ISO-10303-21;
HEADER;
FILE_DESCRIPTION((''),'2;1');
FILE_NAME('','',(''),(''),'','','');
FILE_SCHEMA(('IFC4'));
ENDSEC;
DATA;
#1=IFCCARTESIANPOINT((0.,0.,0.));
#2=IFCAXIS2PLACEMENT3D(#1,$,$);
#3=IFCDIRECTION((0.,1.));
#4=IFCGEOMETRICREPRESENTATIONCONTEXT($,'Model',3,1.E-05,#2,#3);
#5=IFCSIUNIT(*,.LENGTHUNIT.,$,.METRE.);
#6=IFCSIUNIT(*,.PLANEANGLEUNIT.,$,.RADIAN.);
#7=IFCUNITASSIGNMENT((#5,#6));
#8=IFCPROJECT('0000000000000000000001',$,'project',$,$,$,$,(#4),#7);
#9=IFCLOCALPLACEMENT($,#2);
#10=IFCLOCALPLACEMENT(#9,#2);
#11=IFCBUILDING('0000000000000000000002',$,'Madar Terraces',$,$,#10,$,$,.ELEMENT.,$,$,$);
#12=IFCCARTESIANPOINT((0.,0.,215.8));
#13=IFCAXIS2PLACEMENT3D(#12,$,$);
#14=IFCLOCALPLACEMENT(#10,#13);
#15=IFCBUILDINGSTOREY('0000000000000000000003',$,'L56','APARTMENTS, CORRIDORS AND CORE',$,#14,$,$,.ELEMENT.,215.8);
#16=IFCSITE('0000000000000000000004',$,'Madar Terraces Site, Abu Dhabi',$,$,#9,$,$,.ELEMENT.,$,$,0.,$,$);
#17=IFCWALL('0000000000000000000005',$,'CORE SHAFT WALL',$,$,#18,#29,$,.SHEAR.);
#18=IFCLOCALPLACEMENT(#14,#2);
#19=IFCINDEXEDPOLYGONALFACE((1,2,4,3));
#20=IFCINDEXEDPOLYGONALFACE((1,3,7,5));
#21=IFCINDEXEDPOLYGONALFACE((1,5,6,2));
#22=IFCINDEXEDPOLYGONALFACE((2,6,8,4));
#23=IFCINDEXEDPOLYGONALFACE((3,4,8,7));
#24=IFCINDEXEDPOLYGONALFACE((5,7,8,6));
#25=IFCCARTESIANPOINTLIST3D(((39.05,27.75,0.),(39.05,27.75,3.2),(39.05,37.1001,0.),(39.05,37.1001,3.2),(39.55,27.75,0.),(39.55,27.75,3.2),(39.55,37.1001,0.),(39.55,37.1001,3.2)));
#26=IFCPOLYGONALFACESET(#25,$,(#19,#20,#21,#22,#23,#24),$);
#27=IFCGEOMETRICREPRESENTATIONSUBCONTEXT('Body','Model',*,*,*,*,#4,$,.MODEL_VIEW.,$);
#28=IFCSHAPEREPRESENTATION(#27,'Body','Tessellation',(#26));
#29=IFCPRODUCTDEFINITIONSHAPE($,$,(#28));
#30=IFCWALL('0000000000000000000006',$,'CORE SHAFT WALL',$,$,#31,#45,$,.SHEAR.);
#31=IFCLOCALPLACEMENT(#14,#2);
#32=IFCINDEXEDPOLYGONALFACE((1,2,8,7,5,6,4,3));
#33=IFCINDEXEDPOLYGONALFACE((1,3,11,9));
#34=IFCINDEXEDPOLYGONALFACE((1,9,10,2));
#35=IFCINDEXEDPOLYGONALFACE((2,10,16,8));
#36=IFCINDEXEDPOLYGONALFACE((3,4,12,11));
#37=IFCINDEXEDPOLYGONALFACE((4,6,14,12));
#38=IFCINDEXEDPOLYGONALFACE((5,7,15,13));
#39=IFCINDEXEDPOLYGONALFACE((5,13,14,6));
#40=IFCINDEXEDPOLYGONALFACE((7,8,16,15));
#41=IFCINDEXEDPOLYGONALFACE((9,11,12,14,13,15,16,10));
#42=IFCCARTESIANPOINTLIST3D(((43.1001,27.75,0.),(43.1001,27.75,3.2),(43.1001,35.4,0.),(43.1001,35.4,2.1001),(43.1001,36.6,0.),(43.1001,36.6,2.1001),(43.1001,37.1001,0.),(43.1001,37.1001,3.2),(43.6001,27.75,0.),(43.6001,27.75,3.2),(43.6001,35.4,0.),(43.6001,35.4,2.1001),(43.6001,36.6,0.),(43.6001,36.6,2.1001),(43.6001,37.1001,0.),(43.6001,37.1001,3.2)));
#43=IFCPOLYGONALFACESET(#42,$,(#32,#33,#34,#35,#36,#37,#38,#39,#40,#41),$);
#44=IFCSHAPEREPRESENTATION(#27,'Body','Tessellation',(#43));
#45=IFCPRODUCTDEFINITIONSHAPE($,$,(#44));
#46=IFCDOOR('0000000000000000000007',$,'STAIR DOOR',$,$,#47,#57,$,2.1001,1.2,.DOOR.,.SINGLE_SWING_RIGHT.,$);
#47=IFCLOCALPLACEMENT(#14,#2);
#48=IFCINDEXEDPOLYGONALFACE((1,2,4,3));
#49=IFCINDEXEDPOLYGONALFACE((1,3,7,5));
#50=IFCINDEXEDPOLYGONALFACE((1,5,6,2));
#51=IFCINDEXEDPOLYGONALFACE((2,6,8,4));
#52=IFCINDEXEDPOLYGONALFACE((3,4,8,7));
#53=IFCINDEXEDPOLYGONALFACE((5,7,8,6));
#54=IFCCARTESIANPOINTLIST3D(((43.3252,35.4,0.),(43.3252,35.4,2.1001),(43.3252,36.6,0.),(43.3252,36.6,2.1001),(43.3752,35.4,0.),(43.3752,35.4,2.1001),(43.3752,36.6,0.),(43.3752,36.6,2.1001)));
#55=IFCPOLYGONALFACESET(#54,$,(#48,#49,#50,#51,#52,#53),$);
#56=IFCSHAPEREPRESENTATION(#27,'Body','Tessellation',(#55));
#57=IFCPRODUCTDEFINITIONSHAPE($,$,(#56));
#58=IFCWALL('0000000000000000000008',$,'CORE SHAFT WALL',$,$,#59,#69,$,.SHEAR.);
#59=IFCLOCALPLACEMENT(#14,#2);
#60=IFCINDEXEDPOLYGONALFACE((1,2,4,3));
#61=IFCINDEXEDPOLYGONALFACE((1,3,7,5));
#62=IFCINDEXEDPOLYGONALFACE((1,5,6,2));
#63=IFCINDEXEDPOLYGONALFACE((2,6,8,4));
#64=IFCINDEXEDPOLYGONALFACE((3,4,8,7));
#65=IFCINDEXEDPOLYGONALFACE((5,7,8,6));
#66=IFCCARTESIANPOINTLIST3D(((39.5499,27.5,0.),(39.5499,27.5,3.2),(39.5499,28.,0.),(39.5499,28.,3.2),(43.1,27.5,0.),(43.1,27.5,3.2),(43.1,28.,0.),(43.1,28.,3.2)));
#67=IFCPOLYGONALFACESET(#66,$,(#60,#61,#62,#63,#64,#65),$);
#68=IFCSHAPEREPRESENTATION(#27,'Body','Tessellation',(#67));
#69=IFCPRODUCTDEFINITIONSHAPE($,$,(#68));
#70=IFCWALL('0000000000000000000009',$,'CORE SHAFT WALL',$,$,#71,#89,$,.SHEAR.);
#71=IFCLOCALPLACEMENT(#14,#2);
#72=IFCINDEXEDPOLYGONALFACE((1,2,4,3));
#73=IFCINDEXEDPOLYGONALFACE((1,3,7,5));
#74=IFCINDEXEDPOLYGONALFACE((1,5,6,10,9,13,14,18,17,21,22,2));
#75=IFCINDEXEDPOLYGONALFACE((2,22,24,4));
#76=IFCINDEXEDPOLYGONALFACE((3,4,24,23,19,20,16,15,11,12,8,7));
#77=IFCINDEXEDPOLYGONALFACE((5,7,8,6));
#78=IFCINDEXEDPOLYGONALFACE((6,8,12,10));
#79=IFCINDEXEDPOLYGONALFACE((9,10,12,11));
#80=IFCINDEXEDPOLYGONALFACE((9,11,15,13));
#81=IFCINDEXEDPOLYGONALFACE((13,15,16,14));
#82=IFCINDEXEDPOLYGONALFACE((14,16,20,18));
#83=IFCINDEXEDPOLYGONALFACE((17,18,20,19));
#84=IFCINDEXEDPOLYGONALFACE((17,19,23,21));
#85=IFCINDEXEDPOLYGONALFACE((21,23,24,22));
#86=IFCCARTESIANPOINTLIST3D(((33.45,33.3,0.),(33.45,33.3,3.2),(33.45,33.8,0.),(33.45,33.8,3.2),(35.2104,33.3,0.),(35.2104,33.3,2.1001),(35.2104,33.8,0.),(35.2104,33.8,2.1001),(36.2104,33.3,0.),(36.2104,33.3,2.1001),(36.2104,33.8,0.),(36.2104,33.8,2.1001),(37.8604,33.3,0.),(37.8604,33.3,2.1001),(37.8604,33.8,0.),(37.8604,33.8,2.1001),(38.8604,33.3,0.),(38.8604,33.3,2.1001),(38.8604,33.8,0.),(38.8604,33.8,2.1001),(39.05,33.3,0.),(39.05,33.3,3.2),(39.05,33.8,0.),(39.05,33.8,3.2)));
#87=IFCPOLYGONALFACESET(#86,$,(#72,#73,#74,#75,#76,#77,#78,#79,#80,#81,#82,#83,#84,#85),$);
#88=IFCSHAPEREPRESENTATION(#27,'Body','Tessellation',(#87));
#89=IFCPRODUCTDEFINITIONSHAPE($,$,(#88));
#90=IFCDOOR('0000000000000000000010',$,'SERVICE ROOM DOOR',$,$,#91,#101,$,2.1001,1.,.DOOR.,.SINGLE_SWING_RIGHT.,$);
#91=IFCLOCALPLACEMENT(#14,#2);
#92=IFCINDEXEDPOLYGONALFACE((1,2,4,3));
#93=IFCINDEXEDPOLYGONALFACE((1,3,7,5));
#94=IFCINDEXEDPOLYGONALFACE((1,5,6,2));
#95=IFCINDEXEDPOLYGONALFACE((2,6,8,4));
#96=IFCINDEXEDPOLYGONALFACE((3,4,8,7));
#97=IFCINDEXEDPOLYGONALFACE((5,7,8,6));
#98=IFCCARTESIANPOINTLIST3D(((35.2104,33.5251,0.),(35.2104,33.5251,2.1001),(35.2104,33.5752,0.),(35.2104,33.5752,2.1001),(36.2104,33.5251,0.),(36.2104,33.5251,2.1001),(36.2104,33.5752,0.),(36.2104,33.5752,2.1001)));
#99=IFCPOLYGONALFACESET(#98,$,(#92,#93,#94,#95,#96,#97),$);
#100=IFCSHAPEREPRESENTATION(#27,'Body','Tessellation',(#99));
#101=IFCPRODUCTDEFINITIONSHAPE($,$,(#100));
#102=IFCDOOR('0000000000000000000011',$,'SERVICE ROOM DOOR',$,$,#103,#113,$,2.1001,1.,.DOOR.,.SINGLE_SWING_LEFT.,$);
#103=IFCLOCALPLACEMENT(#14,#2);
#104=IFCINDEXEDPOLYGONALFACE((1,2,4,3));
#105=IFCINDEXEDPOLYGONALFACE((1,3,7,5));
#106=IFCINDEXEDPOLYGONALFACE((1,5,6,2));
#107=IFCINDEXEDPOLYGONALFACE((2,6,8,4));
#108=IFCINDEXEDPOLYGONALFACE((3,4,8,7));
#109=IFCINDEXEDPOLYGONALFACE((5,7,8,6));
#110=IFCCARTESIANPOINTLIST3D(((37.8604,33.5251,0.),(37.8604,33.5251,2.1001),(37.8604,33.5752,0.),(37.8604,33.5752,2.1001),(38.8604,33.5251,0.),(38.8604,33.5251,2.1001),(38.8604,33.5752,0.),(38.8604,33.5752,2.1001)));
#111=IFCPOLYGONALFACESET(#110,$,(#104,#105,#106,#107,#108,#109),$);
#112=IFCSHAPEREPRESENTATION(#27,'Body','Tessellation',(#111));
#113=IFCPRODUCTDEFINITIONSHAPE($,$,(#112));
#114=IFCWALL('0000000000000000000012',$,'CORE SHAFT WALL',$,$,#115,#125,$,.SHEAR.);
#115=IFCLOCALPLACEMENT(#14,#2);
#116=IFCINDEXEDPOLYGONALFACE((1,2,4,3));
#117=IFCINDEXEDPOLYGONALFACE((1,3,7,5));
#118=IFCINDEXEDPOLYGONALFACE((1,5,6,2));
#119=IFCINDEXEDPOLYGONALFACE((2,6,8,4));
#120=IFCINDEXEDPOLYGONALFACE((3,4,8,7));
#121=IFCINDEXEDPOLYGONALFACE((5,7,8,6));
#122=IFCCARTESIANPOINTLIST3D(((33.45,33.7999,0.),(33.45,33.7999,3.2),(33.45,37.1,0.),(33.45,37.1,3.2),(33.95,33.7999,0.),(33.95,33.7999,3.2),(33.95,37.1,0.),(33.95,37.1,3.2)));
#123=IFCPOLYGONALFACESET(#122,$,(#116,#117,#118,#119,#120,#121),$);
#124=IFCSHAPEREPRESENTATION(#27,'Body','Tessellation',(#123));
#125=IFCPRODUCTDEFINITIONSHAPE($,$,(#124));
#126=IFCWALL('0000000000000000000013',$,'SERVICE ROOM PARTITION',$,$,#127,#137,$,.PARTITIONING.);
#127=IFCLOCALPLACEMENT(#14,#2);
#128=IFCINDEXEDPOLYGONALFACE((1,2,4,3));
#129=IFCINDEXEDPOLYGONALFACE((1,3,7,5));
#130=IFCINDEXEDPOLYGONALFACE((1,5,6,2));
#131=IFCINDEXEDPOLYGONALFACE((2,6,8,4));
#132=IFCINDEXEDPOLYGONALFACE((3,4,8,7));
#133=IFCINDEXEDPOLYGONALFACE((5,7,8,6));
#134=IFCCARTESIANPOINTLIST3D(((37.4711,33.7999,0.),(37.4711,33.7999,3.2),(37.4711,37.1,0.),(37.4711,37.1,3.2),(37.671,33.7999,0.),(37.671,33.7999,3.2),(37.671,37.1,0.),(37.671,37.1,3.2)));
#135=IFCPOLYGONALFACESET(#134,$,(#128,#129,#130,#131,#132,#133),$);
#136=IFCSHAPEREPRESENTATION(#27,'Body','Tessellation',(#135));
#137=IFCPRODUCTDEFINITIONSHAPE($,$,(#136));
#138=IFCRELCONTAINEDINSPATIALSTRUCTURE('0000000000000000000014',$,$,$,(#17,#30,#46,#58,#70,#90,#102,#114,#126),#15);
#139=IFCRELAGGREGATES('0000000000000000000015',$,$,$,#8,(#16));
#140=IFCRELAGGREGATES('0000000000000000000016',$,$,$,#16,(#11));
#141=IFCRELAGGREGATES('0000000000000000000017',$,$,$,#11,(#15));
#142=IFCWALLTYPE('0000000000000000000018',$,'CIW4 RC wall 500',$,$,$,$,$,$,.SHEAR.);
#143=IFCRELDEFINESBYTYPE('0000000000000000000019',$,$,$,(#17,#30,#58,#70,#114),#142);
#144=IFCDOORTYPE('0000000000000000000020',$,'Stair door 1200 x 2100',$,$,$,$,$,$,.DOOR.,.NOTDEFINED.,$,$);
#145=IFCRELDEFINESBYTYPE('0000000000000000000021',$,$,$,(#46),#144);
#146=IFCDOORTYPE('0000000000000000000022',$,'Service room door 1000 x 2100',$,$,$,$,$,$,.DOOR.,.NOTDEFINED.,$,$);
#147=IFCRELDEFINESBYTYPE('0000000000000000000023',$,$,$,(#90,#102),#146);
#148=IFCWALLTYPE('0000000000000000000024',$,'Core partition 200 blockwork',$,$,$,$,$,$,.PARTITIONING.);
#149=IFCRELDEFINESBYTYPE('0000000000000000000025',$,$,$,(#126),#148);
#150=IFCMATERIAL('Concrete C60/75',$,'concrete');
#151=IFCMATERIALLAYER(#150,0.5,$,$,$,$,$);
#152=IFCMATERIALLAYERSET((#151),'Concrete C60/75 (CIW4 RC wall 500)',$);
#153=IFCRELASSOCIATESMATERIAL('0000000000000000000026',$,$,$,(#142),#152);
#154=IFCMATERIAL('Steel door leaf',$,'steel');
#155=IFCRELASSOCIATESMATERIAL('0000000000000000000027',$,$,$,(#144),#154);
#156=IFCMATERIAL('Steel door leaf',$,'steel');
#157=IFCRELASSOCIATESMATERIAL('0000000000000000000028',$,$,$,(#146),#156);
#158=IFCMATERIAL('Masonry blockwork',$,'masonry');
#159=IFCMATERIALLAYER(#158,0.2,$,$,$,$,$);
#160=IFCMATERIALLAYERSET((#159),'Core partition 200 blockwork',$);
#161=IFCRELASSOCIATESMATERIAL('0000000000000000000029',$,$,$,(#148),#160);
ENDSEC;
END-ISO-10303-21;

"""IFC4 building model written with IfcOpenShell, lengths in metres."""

from ifc_helpers import new_model, si_unit, direction, frame, frame_2d, origin, place, context, subcontext, project, spatial, rectangle, extrude, material, layer, layer_set, type_object, element, fill, save


model = new_model("IFC4")

# Units and contexts
model_context = context("Model", 3, precision=1e-05, world=origin(), true_north=direction((0.0, 1.0)))
body_context = subcontext(model_context, "Body", "Model", "MODEL_VIEW")
ifc_project = project(units=[si_unit("LENGTHUNIT", "METRE"), si_unit("PLANEANGLEUNIT", "RADIAN")], contexts=[model_context])

# Site, building, storey
site_placement = place(None, origin())
site = spatial("IfcSite", under=ifc_project, at=site_placement, Name="Madar Terraces Site, Abu Dhabi", CompositionType="ELEMENT", RefElevation=0.0)
building_placement = place(site_placement, origin())
building = spatial("IfcBuilding", under=site, at=building_placement, Name="Madar Terraces", CompositionType="ELEMENT")
storey_placement = place(building_placement, frame((0.0, 0.0, 215.8)))
storey = spatial("IfcBuildingStorey", under=building, at=storey_placement, Name="L56", Description="APARTMENTS, CORRIDORS AND CORE", CompositionType="ELEMENT", Elevation=215.8)

# Wall
ifc_material_1 = material(Name="Concrete C60/75", Category="concrete")
ifc_layer_1 = layer(ifc_material_1, 0.5)
ifc_layer_set_1 = layer_set([ifc_layer_1], Name="Concrete C60/75 (CIW4 RC wall 500)")
wall_type_1 = type_object("IfcWallType", Name="CIW4 RC wall 500", PredefinedType="SHEAR", material=ifc_layer_set_1)
wall_1_placement = place(storey_placement, frame((39.3, 27.75, 0.0), z_axis=(0.0, 0.0, 1.0), x_axis=(0.0, 1.0, 0.0)))
element("IfcWall", 1, at=wall_1_placement, inside=storey, type_object=wall_type_1, Name="CORE SHAFT WALL", PredefinedType="SHEAR", context=body_context, shape_type="SweptSolid", body=[
    extrude(rectangle(XDim=9.3501, YDim=0.5, at=frame_2d((4.675, 0.0))), origin(), (0.0, 0.0, 1.0), 3.2),
])

# Wall, opening, door
wall_2_placement = place(storey_placement, frame((43.3501, 27.75, 0.0), z_axis=(0.0, 0.0, 1.0), x_axis=(0.0, 1.0, 0.0)))
wall_2 = element("IfcWall", 2, at=wall_2_placement, inside=storey, type_object=wall_type_1, Name="CORE SHAFT WALL", PredefinedType="SHEAR", context=body_context, shape_type="SweptSolid", body=[
    extrude(rectangle(XDim=9.3501, YDim=0.5, at=frame_2d((4.675, 0.0))), origin(), (0.0, 0.0, 1.0), 3.2),
])
opening_1_placement = place(wall_2_placement, frame((7.6499, 0.0, 0.0)))
opening_1 = element("IfcOpeningElement", 3, at=opening_1_placement, cuts=wall_2, PredefinedType="OPENING", context=body_context, shape_type="SweptSolid", body=[
    extrude(rectangle(XDim=1.2, YDim=2.1001, at=frame_2d((0.6001, 1.05))), frame((0.0, 0.26, 0.0), z_axis=(0.0, -1.0, 0.0), x_axis=(1.0, 0.0, 0.0)), (0.0, 0.0, 1.0), 0.52),
])
ifc_material_2 = material(Name="Steel door leaf", Category="steel")
door_type_1 = type_object("IfcDoorType", Name="Stair door 1200 x 2100", OperationType="NOTDEFINED", PredefinedType="DOOR", material=ifc_material_2)
door_1_placement = place(opening_1_placement, origin())
door_1 = element("IfcDoor", 4, at=door_1_placement, inside=storey, type_object=door_type_1, Name="STAIR DOOR", OperationType="SINGLE_SWING_RIGHT", OverallHeight=2.1001, OverallWidth=1.2, PredefinedType="DOOR", context=body_context, shape_type="SweptSolid", body=[
    extrude(rectangle(XDim=1.2, YDim=2.1001, at=frame_2d((0.6001, 1.05))), frame((0.0, 0.0249, 0.0), z_axis=(0.0, -1.0, 0.0), x_axis=(1.0, 0.0, 0.0)), (0.0, 0.0, 1.0), 0.05),
])
fill(opening_1, door_1)

# Wall
wall_3_placement = place(storey_placement, frame((39.55, 27.75, 0.0), z_axis=(0.0, 0.0, 1.0), x_axis=(1.0, 0.0, 0.0)))
element("IfcWall", 5, at=wall_3_placement, inside=storey, type_object=wall_type_1, Name="CORE SHAFT WALL", PredefinedType="SHEAR", context=body_context, shape_type="SweptSolid", body=[
    extrude(rectangle(XDim=3.55, YDim=0.5, at=frame_2d((1.7749, 0.0))), origin(), (0.0, 0.0, 1.0), 3.2),
])

# Wall, openings, doors
wall_4_placement = place(storey_placement, frame((33.45, 33.55, 0.0), z_axis=(0.0, 0.0, 1.0), x_axis=(1.0, 0.0, 0.0)))
wall_4 = element("IfcWall", 6, at=wall_4_placement, inside=storey, type_object=wall_type_1, Name="CORE SHAFT WALL", PredefinedType="SHEAR", context=body_context, shape_type="SweptSolid", body=[
    extrude(rectangle(XDim=5.6001, YDim=0.5, at=frame_2d((2.8, 0.0))), origin(), (0.0, 0.0, 1.0), 3.2),
])
opening_2_placement = place(wall_4_placement, frame((1.7605, 0.0, 0.0)))
opening_2 = element("IfcOpeningElement", 7, at=opening_2_placement, cuts=wall_4, PredefinedType="OPENING", context=body_context, shape_type="SweptSolid", body=[
    extrude(rectangle(XDim=1.0, YDim=2.1001, at=frame_2d((0.5, 1.05))), frame((0.0, 0.26, 0.0), z_axis=(0.0, -1.0, 0.0), x_axis=(1.0, 0.0, 0.0)), (0.0, 0.0, 1.0), 0.52),
])
opening_3_placement = place(wall_4_placement, frame((4.4104, 0.0, 0.0)))
opening_3 = element("IfcOpeningElement", 8, at=opening_3_placement, cuts=wall_4, PredefinedType="OPENING", context=body_context, shape_type="SweptSolid", body=[
    extrude(rectangle(XDim=1.0, YDim=2.1001, at=frame_2d((0.5, 1.05))), frame((0.0, 0.26, 0.0), z_axis=(0.0, -1.0, 0.0), x_axis=(1.0, 0.0, 0.0)), (0.0, 0.0, 1.0), 0.52),
])
ifc_material_3 = material(Name="Steel door leaf", Category="steel")
door_type_2 = type_object("IfcDoorType", Name="Service room door 1000 x 2100", OperationType="NOTDEFINED", PredefinedType="DOOR", material=ifc_material_3)
door_2_placement = place(opening_2_placement, frame((1.0, 0.0, 0.0), z_axis=(0.0, 0.0, 1.0), x_axis=(-1.0, 0.0, 0.0)))
door_2 = element("IfcDoor", 9, at=door_2_placement, inside=storey, type_object=door_type_2, Name="SERVICE ROOM DOOR", OperationType="SINGLE_SWING_RIGHT", OverallHeight=2.1001, OverallWidth=1.0, PredefinedType="DOOR", context=body_context, shape_type="SweptSolid", body=[
    extrude(rectangle(XDim=1.0, YDim=2.1001, at=frame_2d((0.5, 1.05))), frame((0.0, 0.0249, 0.0), z_axis=(0.0, -1.0, 0.0), x_axis=(1.0, 0.0, 0.0)), (0.0, 0.0, 1.0), 0.05),
])
fill(opening_2, door_2)
door_3_placement = place(opening_3_placement, frame((1.0, 0.0, 0.0), z_axis=(0.0, 0.0, 1.0), x_axis=(-1.0, 0.0, 0.0)))
door_3 = element("IfcDoor", 10, at=door_3_placement, inside=storey, type_object=door_type_2, Name="SERVICE ROOM DOOR", OperationType="SINGLE_SWING_LEFT", OverallHeight=2.1001, OverallWidth=1.0, PredefinedType="DOOR", context=body_context, shape_type="SweptSolid", body=[
    extrude(rectangle(XDim=1.0, YDim=2.1001, at=frame_2d((0.5, 1.05))), frame((0.0, 0.0249, 0.0), z_axis=(0.0, -1.0, 0.0), x_axis=(1.0, 0.0, 0.0)), (0.0, 0.0, 1.0), 0.05),
])
fill(opening_3, door_3)

# Walls
wall_5_placement = place(storey_placement, frame((33.7, 33.8, 0.0), z_axis=(0.0, 0.0, 1.0), x_axis=(0.0, 1.0, 0.0)))
element("IfcWall", 11, at=wall_5_placement, inside=storey, type_object=wall_type_1, Name="CORE SHAFT WALL", PredefinedType="SHEAR", context=body_context, shape_type="SweptSolid", body=[
    extrude(rectangle(XDim=3.3, YDim=0.5, at=frame_2d((1.6499, 0.0))), origin(), (0.0, 0.0, 1.0), 3.2),
])
ifc_material_4 = material(Name="Masonry blockwork", Category="masonry")
ifc_layer_2 = layer(ifc_material_4, 0.2)
ifc_layer_set_2 = layer_set([ifc_layer_2], Name="Core partition 200 blockwork")
wall_type_2 = type_object("IfcWallType", Name="Core partition 200 blockwork", PredefinedType="PARTITIONING", material=ifc_layer_set_2)
wall_6_placement = place(storey_placement, frame((37.571, 33.8, 0.0), z_axis=(0.0, 0.0, 1.0), x_axis=(0.0, 1.0, 0.0)))
element("IfcWall", 12, at=wall_6_placement, inside=storey, type_object=wall_type_2, Name="SERVICE ROOM PARTITION", PredefinedType="PARTITIONING", context=body_context, shape_type="SweptSolid", body=[
    extrude(rectangle(XDim=3.3, YDim=0.2, at=frame_2d((1.6499, 0.0))), origin(), (0.0, 0.0, 1.0), 3.2),
])

save(model, "model.ifc")
